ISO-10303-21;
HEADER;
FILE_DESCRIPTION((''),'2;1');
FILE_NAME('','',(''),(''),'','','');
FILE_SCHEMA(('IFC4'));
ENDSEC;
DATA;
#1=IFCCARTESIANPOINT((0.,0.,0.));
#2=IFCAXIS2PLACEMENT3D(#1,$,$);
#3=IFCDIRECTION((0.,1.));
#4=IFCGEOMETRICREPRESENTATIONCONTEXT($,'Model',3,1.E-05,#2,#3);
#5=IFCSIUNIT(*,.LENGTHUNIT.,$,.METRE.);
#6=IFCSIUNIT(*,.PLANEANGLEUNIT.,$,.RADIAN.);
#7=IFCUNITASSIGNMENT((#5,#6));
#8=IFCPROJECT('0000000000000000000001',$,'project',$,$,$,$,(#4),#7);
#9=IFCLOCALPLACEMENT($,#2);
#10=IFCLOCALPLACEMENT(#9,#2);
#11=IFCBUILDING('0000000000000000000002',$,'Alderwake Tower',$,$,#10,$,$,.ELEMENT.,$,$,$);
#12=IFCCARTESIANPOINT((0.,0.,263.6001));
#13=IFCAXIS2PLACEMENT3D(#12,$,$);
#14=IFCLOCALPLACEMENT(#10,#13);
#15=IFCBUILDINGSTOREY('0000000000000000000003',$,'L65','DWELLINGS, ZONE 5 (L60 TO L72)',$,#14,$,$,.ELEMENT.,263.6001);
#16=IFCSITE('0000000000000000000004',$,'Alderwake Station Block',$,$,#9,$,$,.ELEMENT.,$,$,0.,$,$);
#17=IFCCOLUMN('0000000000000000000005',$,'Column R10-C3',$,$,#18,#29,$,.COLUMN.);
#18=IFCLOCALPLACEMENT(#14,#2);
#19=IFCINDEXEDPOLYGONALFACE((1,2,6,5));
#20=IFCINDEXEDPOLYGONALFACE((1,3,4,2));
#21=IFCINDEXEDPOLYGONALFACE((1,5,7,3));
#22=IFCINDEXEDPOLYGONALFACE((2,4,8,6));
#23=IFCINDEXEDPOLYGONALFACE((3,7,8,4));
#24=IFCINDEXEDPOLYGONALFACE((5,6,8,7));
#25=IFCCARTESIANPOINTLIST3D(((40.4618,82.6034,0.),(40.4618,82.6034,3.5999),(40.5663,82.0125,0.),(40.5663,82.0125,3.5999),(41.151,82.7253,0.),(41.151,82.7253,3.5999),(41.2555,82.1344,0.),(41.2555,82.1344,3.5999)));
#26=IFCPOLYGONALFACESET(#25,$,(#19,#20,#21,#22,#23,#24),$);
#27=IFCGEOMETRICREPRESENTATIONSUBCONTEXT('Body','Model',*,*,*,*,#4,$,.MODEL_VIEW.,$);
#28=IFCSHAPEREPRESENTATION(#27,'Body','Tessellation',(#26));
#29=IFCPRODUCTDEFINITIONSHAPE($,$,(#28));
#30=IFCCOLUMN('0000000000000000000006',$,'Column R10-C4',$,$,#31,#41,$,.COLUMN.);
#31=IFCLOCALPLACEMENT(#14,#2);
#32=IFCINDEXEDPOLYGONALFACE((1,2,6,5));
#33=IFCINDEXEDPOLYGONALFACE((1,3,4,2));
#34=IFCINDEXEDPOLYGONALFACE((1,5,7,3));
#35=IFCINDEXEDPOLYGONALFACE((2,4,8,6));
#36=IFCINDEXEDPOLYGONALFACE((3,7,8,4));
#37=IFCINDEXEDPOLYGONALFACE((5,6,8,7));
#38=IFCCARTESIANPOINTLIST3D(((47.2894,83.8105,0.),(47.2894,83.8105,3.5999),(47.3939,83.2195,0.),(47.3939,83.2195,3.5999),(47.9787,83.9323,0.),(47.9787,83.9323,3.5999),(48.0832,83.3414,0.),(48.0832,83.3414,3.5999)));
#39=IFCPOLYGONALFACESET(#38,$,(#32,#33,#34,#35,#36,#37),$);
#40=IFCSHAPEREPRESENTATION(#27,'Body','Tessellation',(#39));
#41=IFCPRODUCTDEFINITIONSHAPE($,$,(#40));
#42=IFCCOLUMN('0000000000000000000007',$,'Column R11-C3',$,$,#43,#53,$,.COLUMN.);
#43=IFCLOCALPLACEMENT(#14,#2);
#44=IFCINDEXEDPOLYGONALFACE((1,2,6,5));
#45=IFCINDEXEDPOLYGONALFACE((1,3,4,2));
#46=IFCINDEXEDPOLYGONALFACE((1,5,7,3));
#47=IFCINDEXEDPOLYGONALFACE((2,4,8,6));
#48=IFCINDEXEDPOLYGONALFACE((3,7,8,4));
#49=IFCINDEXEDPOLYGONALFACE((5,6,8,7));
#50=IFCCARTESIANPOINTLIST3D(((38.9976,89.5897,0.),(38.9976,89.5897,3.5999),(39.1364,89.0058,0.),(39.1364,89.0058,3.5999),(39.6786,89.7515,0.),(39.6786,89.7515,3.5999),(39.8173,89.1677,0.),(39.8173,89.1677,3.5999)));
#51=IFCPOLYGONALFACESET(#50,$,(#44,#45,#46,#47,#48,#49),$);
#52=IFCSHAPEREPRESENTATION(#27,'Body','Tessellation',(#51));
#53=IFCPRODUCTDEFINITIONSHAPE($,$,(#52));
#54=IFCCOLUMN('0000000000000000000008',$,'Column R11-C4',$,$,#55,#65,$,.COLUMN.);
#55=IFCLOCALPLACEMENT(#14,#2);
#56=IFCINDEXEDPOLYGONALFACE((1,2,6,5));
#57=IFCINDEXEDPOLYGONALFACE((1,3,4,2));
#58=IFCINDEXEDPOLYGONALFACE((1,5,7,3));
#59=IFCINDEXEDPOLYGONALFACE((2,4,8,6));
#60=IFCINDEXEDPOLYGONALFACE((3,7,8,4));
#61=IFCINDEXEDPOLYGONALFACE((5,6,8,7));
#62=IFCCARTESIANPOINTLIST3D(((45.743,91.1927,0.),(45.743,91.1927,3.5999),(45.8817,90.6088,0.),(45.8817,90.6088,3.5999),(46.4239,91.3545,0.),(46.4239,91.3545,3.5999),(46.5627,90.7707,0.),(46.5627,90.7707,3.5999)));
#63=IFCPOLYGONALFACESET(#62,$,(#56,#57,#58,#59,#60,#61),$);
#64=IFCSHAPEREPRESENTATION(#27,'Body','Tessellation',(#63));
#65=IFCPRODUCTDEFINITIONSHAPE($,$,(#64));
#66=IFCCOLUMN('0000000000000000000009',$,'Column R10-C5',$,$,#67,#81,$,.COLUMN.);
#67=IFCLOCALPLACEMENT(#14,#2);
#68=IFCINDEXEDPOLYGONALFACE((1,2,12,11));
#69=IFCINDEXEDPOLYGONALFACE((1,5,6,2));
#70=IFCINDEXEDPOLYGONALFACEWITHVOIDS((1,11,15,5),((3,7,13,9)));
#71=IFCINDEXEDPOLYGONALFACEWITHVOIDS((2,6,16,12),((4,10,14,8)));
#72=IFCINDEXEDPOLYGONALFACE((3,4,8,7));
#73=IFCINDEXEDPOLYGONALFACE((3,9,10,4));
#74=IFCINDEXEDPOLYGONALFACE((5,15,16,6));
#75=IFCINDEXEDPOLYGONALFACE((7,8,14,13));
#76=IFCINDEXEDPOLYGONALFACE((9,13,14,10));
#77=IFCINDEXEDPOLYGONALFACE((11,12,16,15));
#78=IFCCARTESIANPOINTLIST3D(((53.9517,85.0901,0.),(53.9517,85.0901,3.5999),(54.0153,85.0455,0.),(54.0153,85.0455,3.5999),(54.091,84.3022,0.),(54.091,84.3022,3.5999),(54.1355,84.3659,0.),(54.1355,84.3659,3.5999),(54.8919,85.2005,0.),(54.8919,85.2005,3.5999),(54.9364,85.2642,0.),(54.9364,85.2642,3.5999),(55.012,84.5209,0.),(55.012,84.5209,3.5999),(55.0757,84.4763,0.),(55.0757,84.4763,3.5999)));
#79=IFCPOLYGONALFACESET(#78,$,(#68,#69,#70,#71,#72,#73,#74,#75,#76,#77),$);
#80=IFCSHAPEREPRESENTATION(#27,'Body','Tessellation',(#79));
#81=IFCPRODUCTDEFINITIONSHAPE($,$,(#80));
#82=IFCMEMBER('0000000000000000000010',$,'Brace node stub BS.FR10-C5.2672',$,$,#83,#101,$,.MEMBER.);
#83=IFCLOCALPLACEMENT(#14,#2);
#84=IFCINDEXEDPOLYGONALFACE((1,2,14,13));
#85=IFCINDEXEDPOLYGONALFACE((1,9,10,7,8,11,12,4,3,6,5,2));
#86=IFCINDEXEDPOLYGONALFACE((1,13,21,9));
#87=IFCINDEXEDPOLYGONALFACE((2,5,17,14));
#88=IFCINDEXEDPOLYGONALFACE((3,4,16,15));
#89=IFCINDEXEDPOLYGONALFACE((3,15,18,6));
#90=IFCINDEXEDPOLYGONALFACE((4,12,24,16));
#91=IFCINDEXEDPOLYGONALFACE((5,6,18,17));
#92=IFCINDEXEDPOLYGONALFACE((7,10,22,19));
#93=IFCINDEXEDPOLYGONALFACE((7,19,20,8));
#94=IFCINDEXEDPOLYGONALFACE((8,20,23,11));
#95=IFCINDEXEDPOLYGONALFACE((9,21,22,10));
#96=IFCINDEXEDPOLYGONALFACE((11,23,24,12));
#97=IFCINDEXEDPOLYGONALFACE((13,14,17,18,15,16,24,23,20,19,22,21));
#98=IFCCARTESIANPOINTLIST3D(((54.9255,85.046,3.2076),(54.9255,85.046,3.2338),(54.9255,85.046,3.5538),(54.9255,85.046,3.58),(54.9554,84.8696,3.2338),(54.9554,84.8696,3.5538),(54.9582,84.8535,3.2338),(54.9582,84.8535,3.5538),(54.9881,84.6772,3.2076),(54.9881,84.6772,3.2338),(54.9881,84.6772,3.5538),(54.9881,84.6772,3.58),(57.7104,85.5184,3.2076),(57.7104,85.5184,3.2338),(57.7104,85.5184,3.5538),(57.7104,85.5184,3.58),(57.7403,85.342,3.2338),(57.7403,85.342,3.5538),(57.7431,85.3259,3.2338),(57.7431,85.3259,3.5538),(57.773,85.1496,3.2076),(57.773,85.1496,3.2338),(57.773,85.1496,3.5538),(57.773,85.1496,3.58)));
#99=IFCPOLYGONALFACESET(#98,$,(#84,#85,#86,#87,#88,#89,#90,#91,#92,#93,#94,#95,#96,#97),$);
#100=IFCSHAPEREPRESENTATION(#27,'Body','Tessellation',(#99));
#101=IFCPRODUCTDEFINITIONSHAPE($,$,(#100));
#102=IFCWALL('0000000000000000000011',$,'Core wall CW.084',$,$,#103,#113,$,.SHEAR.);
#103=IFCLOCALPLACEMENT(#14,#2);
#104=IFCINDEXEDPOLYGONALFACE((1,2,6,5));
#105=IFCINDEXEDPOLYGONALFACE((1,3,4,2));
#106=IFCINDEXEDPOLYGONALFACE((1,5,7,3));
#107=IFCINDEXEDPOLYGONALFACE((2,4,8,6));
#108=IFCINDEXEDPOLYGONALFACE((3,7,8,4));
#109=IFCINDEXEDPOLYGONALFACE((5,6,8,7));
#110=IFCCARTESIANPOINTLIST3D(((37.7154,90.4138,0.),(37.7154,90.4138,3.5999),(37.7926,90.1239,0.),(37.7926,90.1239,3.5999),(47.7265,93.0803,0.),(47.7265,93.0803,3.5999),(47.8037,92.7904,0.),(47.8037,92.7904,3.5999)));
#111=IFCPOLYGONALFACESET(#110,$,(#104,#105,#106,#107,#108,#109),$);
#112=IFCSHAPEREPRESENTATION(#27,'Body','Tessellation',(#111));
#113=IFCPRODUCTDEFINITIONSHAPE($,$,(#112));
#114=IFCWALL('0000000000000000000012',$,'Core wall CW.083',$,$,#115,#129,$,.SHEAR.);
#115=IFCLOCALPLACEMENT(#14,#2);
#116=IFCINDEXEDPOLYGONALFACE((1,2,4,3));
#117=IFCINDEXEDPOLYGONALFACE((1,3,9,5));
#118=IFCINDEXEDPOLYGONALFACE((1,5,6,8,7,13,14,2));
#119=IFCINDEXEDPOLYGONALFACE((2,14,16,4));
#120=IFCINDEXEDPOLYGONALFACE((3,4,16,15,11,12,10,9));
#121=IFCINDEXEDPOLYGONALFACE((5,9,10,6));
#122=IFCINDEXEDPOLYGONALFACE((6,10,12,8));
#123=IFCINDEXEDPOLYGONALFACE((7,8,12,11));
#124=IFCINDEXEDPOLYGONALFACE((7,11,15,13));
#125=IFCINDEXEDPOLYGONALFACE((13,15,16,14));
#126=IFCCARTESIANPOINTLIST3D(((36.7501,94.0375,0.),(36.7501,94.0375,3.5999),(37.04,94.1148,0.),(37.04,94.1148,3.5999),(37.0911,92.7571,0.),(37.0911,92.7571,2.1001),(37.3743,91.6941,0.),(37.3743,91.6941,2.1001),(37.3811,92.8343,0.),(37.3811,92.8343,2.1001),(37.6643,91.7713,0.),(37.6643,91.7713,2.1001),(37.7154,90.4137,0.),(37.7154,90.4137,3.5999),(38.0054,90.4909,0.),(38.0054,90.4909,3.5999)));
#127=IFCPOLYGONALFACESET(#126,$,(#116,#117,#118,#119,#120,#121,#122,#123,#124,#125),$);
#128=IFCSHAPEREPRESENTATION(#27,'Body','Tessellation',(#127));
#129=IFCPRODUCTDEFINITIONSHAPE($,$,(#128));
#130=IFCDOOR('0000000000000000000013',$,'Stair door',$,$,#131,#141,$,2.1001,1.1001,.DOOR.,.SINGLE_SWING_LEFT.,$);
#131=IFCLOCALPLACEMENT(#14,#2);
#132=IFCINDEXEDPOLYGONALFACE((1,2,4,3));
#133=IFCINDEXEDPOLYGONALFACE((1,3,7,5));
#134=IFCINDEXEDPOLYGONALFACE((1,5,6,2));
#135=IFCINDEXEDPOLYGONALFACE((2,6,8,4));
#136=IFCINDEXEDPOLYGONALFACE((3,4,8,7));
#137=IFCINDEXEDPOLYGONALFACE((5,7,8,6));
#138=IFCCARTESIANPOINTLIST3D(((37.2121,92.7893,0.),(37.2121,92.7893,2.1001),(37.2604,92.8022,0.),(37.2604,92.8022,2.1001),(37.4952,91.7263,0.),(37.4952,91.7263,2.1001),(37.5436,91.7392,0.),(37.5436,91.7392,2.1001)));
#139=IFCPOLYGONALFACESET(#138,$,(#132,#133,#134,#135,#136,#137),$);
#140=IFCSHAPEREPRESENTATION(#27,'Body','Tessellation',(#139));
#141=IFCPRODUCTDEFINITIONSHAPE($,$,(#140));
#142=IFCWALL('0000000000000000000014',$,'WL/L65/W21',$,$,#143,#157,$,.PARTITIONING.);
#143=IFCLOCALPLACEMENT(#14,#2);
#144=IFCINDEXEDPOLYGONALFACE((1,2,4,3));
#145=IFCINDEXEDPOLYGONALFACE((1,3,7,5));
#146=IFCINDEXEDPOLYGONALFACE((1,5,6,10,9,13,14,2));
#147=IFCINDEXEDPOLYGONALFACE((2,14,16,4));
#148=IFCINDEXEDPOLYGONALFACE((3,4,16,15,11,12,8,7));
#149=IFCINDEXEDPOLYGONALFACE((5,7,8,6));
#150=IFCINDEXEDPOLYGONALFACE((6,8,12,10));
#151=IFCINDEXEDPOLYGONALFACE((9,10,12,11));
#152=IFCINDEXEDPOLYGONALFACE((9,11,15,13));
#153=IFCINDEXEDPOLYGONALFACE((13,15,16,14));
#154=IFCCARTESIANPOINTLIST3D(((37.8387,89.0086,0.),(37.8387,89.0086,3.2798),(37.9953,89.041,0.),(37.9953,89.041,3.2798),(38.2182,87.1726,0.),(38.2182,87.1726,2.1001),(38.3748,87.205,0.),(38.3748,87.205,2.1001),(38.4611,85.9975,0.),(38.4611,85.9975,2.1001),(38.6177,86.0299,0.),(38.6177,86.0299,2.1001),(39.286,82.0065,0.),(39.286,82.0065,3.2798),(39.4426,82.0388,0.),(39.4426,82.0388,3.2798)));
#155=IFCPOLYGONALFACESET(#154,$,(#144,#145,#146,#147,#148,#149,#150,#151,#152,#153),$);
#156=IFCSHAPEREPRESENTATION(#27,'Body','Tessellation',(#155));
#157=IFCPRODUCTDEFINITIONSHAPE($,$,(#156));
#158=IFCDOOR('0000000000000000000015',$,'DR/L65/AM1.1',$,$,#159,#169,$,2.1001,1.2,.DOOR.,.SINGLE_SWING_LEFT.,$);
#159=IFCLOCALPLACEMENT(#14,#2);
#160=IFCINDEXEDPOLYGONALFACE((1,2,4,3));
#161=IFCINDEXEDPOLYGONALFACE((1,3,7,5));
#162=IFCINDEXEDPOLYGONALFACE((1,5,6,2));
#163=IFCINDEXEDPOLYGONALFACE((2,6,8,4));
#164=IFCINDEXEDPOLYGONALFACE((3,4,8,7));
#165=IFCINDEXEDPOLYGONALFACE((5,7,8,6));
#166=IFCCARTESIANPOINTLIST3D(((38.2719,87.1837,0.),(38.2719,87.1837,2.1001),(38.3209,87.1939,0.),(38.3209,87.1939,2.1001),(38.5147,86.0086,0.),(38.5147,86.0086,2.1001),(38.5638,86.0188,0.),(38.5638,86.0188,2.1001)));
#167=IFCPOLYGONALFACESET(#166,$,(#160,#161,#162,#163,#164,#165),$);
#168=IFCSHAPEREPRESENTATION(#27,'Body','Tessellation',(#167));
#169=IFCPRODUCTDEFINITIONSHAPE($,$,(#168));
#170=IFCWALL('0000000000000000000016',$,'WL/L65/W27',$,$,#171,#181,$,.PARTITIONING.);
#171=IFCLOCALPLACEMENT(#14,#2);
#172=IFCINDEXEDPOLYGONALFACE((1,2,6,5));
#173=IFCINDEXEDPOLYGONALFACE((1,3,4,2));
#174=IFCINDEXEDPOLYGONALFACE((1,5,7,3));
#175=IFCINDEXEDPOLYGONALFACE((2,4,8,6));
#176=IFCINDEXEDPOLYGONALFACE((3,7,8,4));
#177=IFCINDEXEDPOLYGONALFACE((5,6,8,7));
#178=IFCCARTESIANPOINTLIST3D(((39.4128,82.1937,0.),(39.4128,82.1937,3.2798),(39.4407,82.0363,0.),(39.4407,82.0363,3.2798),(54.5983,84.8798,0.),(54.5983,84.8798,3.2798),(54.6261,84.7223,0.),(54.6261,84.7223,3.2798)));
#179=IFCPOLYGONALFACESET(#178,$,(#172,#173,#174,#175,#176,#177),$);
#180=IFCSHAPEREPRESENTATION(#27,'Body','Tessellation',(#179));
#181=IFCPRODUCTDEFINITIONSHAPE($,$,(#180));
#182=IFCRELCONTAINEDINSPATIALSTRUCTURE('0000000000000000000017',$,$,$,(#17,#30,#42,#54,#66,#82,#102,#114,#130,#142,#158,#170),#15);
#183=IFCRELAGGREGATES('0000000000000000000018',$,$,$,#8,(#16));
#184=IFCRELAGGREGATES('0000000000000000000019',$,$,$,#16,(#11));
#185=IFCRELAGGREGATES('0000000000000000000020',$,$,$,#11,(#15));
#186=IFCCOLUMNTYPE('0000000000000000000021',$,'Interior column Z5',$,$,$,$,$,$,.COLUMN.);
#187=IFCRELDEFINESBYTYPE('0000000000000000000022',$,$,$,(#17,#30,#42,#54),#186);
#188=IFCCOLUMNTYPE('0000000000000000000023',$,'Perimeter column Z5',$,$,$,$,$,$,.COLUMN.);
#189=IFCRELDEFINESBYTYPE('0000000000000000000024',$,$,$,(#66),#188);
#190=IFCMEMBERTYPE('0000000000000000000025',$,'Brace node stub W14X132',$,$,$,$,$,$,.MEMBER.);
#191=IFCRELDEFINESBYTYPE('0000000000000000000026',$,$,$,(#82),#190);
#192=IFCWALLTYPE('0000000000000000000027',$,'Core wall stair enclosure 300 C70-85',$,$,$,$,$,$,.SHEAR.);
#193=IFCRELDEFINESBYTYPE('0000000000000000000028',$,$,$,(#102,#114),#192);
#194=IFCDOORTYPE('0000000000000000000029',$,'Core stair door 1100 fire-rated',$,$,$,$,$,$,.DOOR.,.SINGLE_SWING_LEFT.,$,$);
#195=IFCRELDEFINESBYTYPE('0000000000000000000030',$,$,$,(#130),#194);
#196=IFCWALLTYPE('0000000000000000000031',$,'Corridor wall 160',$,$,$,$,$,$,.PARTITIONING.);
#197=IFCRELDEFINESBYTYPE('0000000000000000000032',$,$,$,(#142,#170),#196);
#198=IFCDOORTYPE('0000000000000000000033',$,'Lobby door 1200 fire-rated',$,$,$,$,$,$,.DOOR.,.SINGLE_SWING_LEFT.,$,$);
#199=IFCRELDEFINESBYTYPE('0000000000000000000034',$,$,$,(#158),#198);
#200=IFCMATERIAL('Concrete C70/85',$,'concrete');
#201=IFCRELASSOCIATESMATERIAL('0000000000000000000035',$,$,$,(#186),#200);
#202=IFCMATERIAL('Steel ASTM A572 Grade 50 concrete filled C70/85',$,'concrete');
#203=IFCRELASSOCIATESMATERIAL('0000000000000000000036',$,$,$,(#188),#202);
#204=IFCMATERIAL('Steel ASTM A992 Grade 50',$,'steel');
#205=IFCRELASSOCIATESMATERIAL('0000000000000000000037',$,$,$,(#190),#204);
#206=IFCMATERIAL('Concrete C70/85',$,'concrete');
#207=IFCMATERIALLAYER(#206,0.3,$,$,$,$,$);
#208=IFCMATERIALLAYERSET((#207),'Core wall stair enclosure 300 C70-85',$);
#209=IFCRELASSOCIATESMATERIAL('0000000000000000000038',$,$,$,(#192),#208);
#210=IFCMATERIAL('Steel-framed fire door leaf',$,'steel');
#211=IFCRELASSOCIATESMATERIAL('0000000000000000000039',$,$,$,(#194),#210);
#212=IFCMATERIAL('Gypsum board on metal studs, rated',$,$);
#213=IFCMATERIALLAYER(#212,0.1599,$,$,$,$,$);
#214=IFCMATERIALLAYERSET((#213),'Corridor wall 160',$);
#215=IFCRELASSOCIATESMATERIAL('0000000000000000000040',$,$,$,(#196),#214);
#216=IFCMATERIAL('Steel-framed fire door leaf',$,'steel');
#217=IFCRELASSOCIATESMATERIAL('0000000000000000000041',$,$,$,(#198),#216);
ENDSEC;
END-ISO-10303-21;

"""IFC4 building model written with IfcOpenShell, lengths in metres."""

from ifc_helpers import new_model, si_unit, direction, frame, frame_2d, origin, origin_2d, place, context, subcontext, project, spatial, rectangle, hollow_rectangle, i_section, extrude, material, layer, layer_set, material_profile, profile_set, type_object, element, fill, save


model = new_model("IFC4")

# Units and contexts
model_context = context("Model", 3, precision=1e-05, world=origin(), true_north=direction((0.0, 1.0)))
body_context = subcontext(model_context, "Body", "Model", "MODEL_VIEW")
ifc_project = project(units=[si_unit("LENGTHUNIT", "METRE"), si_unit("PLANEANGLEUNIT", "RADIAN")], contexts=[model_context])

# Site, building, storey
site_placement = place(None, origin())
site = spatial("IfcSite", under=ifc_project, at=site_placement, Name="Alderwake Station Block", CompositionType="ELEMENT", RefElevation=0.0)
building_placement = place(site_placement, origin())
building = spatial("IfcBuilding", under=site, at=building_placement, Name="Alderwake Tower", CompositionType="ELEMENT")
storey_placement = place(building_placement, frame((0.0, 0.0, 263.6001)))
storey = spatial("IfcBuildingStorey", under=building, at=storey_placement, Name="L65", Description="DWELLINGS, ZONE 5 (L60 TO L72)", CompositionType="ELEMENT", Elevation=263.6001)

# Columns
ifc_material_1 = material(Name="Concrete C70/85", Category="concrete")
ifc_material_profile_1 = material_profile(ifc_material_1, rectangle(XDim=0.6001, YDim=0.7, at=origin_2d()), Name="RC 700X600")
ifc_profile_set_1 = profile_set([ifc_material_profile_1], Name="Concrete C70/85")
column_type_1 = type_object("IfcColumnType", Name="Interior column Z5", PredefinedType="COLUMN", material=ifc_profile_set_1)
for number, where, z_axis, x_axis, name in (
    (1, (40.8586, 82.3689, 0.0), (0.0, 0.0, 1.0), (-0.174109, 0.984726, 0.0), "Column R10-C3"),
    (2, (47.6863, 83.5759, 0.0), (0.0, 0.0, 1.0), (-0.174109, 0.984726, 0.0), "Column R10-C4"),
    (3, (39.4075, 89.3787, 0.0), (0.0, 0.0, 1.0), (-0.231222, 0.972901, 0.0), "Column R11-C3"),
    (4, (46.1528, 90.9817, 0.0), (0.0, 0.0, 1.0), (-0.231222, 0.972901, 0.0), "Column R11-C4"),
):
    element("IfcColumn", number, at=place(storey_placement, frame(where, z_axis=z_axis, x_axis=x_axis)), inside=storey, type_object=column_type_1, Name=name, PredefinedType="COLUMN", context=body_context, shape_type="SweptSolid", body=[
        extrude(rectangle(XDim=0.6001, YDim=0.7, at=origin_2d()), origin(), (0.0, 0.0, 1.0), 3.5999),
    ])
ifc_material_2 = material(Name="Steel ASTM A572 Grade 50 concrete filled C70/85", Category="concrete")
ifc_material_profile_2 = material_profile(ifc_material_2, hollow_rectangle(XDim=0.8, YDim=1.0, WallThickness=0.0549, at=origin_2d()), Name="BOX 1000X800X55")
ifc_profile_set_2 = profile_set([ifc_material_profile_2], Name="Steel ASTM A572 Grade 50 concrete filled C70/85")
column_type_2 = type_object("IfcColumnType", Name="Perimeter column Z5", PredefinedType="COLUMN", material=ifc_profile_set_2)
column_placement = place(storey_placement, frame((54.5137, 84.7832, 0.0), z_axis=(0.0, 0.0, 1.0), x_axis=(-0.174109, 0.984726, 0.0)))
element("IfcColumn", 5, at=column_placement, inside=storey, type_object=column_type_2, Name="Column R10-C5", PredefinedType="COLUMN", context=body_context, shape_type="SweptSolid", body=[
    extrude(hollow_rectangle(XDim=0.8, YDim=1.0, WallThickness=0.0549, at=origin_2d()), origin(), (0.0, 0.0, 1.0), 3.5999),
])

# Member
ifc_material_3 = material(Name="Steel ASTM A992 Grade 50", Category="steel")
ifc_material_profile_3 = material_profile(ifc_material_3, i_section(OverallWidth=0.374, OverallDepth=0.3723, WebThickness=0.0164, FlangeThickness=0.0261, at=origin_2d()), Name="W14X132")
ifc_profile_set_3 = profile_set([ifc_material_profile_3], Name="Steel ASTM A992 Grade 50")
member_type = type_object("IfcMemberType", Name="Brace node stub W14X132", PredefinedType="MEMBER", material=ifc_profile_set_3)
member_placement = place(storey_placement, frame((54.9568, 84.8616, 3.3938), z_axis=(0.985916, 0.167244, 0.0), x_axis=(-0.167244, 0.985916, 0.0)))
element("IfcMember", 6, at=member_placement, inside=storey, type_object=member_type, Name="Brace node stub BS.FR10-C5.2672", PredefinedType="MEMBER", context=body_context, shape_type="SweptSolid", body=[
    extrude(i_section(OverallWidth=0.374, OverallDepth=0.3723, WebThickness=0.0164, FlangeThickness=0.0261, at=origin_2d()), origin(), (0.0, 0.0, 1.0), 2.8247),
])

# Wall
ifc_material_4 = material(Name="Concrete C70/85", Category="concrete")
ifc_layer_1 = layer(ifc_material_4, 0.3)
ifc_layer_set_1 = layer_set([ifc_layer_1], Name="Core wall stair enclosure 300 C70-85")
wall_type_1 = type_object("IfcWallType", Name="Core wall stair enclosure 300 C70-85", PredefinedType="SHEAR", material=ifc_layer_set_1)
wall_1_placement = place(storey_placement, frame((37.7539, 90.2688, 0.0), z_axis=(0.0, 0.0, 1.0), x_axis=(0.966309, 0.257384, 0.0)))
element("IfcWall", 7, at=wall_1_placement, inside=storey, type_object=wall_type_1, Name="Core wall CW.084", PredefinedType="SHEAR", context=body_context, shape_type="SweptSolid", body=[
    extrude(rectangle(XDim=10.3601, YDim=0.3, at=frame_2d((5.1802, 0.0))), origin(), (0.0, 0.0, 1.0), 3.5999),
])

# Walls, openings, doors
wall_2_placement = place(storey_placement, frame((37.8604, 90.4524, 0.0), z_axis=(0.0, 0.0, 1.0), x_axis=(-0.257411, 0.966302, 0.0)))
wall_2 = element("IfcWall", 8, at=wall_2_placement, inside=storey, type_object=wall_type_1, Name="Core wall CW.083", PredefinedType="SHEAR", context=body_context, shape_type="SweptSolid", body=[
    extrude(rectangle(XDim=3.7502, YDim=0.3, at=frame_2d((1.875, 0.0))), origin(), (0.0, 0.0, 1.0), 3.5999),
])
opening_1_placement = place(wall_2_placement, frame((1.325, 0.0, 0.0)))
opening_1 = element("IfcOpeningElement", 9, at=opening_1_placement, cuts=wall_2, PredefinedType="OPENING", context=body_context, shape_type="SweptSolid", body=[
    extrude(rectangle(XDim=1.1001, YDim=2.1001, at=frame_2d((0.55, 1.05))), frame((0.0, 0.1599, 0.0), z_axis=(0.0, -1.0, 0.0), x_axis=(1.0, 0.0, 0.0)), (0.0, 0.0, 1.0), 0.3201),
])
ifc_material_5 = material(Name="Steel-framed fire door leaf", Category="steel")
door_type_1 = type_object("IfcDoorType", Name="Core stair door 1100 fire-rated", OperationType="SINGLE_SWING_LEFT", PredefinedType="DOOR", material=ifc_material_5)
door_1_placement = place(opening_1_placement, origin())
door_1 = element("IfcDoor", 10, at=door_1_placement, inside=storey, type_object=door_type_1, Name="Stair door", OperationType="SINGLE_SWING_LEFT", OverallHeight=2.1001, OverallWidth=1.1001, PredefinedType="DOOR", context=body_context, shape_type="SweptSolid", body=[
    extrude(rectangle(XDim=1.1001, YDim=2.1001, at=frame_2d((0.55, 1.05))), frame((0.0, 0.0249, 0.0), z_axis=(0.0, -1.0, 0.0), x_axis=(1.0, 0.0, 0.0)), (0.0, 0.0, 1.0), 0.05),
])
fill(opening_1, door_1)
ifc_material_6 = material(Name="Gypsum board on metal studs, rated")
ifc_layer_2 = layer(ifc_material_6, 0.1599)
ifc_layer_set_2 = layer_set([ifc_layer_2], Name="Corridor wall 160")
wall_type_2 = type_object("IfcWallType", Name="Corridor wall 160", PredefinedType="PARTITIONING", material=ifc_layer_set_2)
wall_3_placement = place(storey_placement, frame((37.917, 89.0249, 0.0), z_axis=(0.0, 0.0, 1.0), x_axis=(0.202409, -0.979301, 0.0)))
wall_3 = element("IfcWall", 11, at=wall_3_placement, inside=storey, type_object=wall_type_2, Name="WL/L65/W21", PredefinedType="PARTITIONING", context=body_context, shape_type="SweptSolid", body=[
    extrude(rectangle(XDim=7.1501, YDim=0.1599, at=frame_2d((3.5752, 0.0))), origin(), (0.0, 0.0, 1.0), 3.2798),
])
opening_2_placement = place(wall_3_placement, frame((1.8748, 0.0, 0.0)))
opening_2 = element("IfcOpeningElement", 12, at=opening_2_placement, cuts=wall_3, PredefinedType="OPENING", context=body_context, shape_type="SweptSolid", body=[
    extrude(rectangle(XDim=1.2, YDim=2.1001, at=frame_2d((0.6001, 1.05))), frame((0.0, 0.0898, 0.0), z_axis=(0.0, -1.0, 0.0), x_axis=(1.0, 0.0, 0.0)), (0.0, 0.0, 1.0), 0.1799),
])
ifc_material_7 = material(Name="Steel-framed fire door leaf", Category="steel")
door_type_2 = type_object("IfcDoorType", Name="Lobby door 1200 fire-rated", OperationType="SINGLE_SWING_LEFT", PredefinedType="DOOR", material=ifc_material_7)
door_2_placement = place(opening_2_placement, origin())
door_2 = element("IfcDoor", 13, at=door_2_placement, inside=storey, type_object=door_type_2, Name="DR/L65/AM1.1", OperationType="SINGLE_SWING_LEFT", OverallHeight=2.1001, OverallWidth=1.2, PredefinedType="DOOR", context=body_context, shape_type="SweptSolid", body=[
    extrude(rectangle(XDim=1.2, YDim=2.1001, at=frame_2d((0.6001, 1.05))), frame((0.0, 0.0249, 0.0), z_axis=(0.0, -1.0, 0.0), x_axis=(1.0, 0.0, 0.0)), (0.0, 0.0, 1.0), 0.05),
])
fill(opening_2, door_2)

# Wall
wall_4_placement = place(storey_placement, frame((54.6121, 84.801, 0.0), z_axis=(0.0, 0.0, 1.0), x_axis=(-0.984714, -0.17418, 0.0)))
element("IfcWall", 14, at=wall_4_placement, inside=storey, type_object=wall_type_2, Name="WL/L65/W27", PredefinedType="PARTITIONING", context=body_context, shape_type="SweptSolid", body=[
    extrude(rectangle(XDim=15.4211, YDim=0.1599, at=frame_2d((7.7104, 0.0))), origin(), (0.0, 0.0, 1.0), 3.2798),
])

save(model, "model.ifc")
